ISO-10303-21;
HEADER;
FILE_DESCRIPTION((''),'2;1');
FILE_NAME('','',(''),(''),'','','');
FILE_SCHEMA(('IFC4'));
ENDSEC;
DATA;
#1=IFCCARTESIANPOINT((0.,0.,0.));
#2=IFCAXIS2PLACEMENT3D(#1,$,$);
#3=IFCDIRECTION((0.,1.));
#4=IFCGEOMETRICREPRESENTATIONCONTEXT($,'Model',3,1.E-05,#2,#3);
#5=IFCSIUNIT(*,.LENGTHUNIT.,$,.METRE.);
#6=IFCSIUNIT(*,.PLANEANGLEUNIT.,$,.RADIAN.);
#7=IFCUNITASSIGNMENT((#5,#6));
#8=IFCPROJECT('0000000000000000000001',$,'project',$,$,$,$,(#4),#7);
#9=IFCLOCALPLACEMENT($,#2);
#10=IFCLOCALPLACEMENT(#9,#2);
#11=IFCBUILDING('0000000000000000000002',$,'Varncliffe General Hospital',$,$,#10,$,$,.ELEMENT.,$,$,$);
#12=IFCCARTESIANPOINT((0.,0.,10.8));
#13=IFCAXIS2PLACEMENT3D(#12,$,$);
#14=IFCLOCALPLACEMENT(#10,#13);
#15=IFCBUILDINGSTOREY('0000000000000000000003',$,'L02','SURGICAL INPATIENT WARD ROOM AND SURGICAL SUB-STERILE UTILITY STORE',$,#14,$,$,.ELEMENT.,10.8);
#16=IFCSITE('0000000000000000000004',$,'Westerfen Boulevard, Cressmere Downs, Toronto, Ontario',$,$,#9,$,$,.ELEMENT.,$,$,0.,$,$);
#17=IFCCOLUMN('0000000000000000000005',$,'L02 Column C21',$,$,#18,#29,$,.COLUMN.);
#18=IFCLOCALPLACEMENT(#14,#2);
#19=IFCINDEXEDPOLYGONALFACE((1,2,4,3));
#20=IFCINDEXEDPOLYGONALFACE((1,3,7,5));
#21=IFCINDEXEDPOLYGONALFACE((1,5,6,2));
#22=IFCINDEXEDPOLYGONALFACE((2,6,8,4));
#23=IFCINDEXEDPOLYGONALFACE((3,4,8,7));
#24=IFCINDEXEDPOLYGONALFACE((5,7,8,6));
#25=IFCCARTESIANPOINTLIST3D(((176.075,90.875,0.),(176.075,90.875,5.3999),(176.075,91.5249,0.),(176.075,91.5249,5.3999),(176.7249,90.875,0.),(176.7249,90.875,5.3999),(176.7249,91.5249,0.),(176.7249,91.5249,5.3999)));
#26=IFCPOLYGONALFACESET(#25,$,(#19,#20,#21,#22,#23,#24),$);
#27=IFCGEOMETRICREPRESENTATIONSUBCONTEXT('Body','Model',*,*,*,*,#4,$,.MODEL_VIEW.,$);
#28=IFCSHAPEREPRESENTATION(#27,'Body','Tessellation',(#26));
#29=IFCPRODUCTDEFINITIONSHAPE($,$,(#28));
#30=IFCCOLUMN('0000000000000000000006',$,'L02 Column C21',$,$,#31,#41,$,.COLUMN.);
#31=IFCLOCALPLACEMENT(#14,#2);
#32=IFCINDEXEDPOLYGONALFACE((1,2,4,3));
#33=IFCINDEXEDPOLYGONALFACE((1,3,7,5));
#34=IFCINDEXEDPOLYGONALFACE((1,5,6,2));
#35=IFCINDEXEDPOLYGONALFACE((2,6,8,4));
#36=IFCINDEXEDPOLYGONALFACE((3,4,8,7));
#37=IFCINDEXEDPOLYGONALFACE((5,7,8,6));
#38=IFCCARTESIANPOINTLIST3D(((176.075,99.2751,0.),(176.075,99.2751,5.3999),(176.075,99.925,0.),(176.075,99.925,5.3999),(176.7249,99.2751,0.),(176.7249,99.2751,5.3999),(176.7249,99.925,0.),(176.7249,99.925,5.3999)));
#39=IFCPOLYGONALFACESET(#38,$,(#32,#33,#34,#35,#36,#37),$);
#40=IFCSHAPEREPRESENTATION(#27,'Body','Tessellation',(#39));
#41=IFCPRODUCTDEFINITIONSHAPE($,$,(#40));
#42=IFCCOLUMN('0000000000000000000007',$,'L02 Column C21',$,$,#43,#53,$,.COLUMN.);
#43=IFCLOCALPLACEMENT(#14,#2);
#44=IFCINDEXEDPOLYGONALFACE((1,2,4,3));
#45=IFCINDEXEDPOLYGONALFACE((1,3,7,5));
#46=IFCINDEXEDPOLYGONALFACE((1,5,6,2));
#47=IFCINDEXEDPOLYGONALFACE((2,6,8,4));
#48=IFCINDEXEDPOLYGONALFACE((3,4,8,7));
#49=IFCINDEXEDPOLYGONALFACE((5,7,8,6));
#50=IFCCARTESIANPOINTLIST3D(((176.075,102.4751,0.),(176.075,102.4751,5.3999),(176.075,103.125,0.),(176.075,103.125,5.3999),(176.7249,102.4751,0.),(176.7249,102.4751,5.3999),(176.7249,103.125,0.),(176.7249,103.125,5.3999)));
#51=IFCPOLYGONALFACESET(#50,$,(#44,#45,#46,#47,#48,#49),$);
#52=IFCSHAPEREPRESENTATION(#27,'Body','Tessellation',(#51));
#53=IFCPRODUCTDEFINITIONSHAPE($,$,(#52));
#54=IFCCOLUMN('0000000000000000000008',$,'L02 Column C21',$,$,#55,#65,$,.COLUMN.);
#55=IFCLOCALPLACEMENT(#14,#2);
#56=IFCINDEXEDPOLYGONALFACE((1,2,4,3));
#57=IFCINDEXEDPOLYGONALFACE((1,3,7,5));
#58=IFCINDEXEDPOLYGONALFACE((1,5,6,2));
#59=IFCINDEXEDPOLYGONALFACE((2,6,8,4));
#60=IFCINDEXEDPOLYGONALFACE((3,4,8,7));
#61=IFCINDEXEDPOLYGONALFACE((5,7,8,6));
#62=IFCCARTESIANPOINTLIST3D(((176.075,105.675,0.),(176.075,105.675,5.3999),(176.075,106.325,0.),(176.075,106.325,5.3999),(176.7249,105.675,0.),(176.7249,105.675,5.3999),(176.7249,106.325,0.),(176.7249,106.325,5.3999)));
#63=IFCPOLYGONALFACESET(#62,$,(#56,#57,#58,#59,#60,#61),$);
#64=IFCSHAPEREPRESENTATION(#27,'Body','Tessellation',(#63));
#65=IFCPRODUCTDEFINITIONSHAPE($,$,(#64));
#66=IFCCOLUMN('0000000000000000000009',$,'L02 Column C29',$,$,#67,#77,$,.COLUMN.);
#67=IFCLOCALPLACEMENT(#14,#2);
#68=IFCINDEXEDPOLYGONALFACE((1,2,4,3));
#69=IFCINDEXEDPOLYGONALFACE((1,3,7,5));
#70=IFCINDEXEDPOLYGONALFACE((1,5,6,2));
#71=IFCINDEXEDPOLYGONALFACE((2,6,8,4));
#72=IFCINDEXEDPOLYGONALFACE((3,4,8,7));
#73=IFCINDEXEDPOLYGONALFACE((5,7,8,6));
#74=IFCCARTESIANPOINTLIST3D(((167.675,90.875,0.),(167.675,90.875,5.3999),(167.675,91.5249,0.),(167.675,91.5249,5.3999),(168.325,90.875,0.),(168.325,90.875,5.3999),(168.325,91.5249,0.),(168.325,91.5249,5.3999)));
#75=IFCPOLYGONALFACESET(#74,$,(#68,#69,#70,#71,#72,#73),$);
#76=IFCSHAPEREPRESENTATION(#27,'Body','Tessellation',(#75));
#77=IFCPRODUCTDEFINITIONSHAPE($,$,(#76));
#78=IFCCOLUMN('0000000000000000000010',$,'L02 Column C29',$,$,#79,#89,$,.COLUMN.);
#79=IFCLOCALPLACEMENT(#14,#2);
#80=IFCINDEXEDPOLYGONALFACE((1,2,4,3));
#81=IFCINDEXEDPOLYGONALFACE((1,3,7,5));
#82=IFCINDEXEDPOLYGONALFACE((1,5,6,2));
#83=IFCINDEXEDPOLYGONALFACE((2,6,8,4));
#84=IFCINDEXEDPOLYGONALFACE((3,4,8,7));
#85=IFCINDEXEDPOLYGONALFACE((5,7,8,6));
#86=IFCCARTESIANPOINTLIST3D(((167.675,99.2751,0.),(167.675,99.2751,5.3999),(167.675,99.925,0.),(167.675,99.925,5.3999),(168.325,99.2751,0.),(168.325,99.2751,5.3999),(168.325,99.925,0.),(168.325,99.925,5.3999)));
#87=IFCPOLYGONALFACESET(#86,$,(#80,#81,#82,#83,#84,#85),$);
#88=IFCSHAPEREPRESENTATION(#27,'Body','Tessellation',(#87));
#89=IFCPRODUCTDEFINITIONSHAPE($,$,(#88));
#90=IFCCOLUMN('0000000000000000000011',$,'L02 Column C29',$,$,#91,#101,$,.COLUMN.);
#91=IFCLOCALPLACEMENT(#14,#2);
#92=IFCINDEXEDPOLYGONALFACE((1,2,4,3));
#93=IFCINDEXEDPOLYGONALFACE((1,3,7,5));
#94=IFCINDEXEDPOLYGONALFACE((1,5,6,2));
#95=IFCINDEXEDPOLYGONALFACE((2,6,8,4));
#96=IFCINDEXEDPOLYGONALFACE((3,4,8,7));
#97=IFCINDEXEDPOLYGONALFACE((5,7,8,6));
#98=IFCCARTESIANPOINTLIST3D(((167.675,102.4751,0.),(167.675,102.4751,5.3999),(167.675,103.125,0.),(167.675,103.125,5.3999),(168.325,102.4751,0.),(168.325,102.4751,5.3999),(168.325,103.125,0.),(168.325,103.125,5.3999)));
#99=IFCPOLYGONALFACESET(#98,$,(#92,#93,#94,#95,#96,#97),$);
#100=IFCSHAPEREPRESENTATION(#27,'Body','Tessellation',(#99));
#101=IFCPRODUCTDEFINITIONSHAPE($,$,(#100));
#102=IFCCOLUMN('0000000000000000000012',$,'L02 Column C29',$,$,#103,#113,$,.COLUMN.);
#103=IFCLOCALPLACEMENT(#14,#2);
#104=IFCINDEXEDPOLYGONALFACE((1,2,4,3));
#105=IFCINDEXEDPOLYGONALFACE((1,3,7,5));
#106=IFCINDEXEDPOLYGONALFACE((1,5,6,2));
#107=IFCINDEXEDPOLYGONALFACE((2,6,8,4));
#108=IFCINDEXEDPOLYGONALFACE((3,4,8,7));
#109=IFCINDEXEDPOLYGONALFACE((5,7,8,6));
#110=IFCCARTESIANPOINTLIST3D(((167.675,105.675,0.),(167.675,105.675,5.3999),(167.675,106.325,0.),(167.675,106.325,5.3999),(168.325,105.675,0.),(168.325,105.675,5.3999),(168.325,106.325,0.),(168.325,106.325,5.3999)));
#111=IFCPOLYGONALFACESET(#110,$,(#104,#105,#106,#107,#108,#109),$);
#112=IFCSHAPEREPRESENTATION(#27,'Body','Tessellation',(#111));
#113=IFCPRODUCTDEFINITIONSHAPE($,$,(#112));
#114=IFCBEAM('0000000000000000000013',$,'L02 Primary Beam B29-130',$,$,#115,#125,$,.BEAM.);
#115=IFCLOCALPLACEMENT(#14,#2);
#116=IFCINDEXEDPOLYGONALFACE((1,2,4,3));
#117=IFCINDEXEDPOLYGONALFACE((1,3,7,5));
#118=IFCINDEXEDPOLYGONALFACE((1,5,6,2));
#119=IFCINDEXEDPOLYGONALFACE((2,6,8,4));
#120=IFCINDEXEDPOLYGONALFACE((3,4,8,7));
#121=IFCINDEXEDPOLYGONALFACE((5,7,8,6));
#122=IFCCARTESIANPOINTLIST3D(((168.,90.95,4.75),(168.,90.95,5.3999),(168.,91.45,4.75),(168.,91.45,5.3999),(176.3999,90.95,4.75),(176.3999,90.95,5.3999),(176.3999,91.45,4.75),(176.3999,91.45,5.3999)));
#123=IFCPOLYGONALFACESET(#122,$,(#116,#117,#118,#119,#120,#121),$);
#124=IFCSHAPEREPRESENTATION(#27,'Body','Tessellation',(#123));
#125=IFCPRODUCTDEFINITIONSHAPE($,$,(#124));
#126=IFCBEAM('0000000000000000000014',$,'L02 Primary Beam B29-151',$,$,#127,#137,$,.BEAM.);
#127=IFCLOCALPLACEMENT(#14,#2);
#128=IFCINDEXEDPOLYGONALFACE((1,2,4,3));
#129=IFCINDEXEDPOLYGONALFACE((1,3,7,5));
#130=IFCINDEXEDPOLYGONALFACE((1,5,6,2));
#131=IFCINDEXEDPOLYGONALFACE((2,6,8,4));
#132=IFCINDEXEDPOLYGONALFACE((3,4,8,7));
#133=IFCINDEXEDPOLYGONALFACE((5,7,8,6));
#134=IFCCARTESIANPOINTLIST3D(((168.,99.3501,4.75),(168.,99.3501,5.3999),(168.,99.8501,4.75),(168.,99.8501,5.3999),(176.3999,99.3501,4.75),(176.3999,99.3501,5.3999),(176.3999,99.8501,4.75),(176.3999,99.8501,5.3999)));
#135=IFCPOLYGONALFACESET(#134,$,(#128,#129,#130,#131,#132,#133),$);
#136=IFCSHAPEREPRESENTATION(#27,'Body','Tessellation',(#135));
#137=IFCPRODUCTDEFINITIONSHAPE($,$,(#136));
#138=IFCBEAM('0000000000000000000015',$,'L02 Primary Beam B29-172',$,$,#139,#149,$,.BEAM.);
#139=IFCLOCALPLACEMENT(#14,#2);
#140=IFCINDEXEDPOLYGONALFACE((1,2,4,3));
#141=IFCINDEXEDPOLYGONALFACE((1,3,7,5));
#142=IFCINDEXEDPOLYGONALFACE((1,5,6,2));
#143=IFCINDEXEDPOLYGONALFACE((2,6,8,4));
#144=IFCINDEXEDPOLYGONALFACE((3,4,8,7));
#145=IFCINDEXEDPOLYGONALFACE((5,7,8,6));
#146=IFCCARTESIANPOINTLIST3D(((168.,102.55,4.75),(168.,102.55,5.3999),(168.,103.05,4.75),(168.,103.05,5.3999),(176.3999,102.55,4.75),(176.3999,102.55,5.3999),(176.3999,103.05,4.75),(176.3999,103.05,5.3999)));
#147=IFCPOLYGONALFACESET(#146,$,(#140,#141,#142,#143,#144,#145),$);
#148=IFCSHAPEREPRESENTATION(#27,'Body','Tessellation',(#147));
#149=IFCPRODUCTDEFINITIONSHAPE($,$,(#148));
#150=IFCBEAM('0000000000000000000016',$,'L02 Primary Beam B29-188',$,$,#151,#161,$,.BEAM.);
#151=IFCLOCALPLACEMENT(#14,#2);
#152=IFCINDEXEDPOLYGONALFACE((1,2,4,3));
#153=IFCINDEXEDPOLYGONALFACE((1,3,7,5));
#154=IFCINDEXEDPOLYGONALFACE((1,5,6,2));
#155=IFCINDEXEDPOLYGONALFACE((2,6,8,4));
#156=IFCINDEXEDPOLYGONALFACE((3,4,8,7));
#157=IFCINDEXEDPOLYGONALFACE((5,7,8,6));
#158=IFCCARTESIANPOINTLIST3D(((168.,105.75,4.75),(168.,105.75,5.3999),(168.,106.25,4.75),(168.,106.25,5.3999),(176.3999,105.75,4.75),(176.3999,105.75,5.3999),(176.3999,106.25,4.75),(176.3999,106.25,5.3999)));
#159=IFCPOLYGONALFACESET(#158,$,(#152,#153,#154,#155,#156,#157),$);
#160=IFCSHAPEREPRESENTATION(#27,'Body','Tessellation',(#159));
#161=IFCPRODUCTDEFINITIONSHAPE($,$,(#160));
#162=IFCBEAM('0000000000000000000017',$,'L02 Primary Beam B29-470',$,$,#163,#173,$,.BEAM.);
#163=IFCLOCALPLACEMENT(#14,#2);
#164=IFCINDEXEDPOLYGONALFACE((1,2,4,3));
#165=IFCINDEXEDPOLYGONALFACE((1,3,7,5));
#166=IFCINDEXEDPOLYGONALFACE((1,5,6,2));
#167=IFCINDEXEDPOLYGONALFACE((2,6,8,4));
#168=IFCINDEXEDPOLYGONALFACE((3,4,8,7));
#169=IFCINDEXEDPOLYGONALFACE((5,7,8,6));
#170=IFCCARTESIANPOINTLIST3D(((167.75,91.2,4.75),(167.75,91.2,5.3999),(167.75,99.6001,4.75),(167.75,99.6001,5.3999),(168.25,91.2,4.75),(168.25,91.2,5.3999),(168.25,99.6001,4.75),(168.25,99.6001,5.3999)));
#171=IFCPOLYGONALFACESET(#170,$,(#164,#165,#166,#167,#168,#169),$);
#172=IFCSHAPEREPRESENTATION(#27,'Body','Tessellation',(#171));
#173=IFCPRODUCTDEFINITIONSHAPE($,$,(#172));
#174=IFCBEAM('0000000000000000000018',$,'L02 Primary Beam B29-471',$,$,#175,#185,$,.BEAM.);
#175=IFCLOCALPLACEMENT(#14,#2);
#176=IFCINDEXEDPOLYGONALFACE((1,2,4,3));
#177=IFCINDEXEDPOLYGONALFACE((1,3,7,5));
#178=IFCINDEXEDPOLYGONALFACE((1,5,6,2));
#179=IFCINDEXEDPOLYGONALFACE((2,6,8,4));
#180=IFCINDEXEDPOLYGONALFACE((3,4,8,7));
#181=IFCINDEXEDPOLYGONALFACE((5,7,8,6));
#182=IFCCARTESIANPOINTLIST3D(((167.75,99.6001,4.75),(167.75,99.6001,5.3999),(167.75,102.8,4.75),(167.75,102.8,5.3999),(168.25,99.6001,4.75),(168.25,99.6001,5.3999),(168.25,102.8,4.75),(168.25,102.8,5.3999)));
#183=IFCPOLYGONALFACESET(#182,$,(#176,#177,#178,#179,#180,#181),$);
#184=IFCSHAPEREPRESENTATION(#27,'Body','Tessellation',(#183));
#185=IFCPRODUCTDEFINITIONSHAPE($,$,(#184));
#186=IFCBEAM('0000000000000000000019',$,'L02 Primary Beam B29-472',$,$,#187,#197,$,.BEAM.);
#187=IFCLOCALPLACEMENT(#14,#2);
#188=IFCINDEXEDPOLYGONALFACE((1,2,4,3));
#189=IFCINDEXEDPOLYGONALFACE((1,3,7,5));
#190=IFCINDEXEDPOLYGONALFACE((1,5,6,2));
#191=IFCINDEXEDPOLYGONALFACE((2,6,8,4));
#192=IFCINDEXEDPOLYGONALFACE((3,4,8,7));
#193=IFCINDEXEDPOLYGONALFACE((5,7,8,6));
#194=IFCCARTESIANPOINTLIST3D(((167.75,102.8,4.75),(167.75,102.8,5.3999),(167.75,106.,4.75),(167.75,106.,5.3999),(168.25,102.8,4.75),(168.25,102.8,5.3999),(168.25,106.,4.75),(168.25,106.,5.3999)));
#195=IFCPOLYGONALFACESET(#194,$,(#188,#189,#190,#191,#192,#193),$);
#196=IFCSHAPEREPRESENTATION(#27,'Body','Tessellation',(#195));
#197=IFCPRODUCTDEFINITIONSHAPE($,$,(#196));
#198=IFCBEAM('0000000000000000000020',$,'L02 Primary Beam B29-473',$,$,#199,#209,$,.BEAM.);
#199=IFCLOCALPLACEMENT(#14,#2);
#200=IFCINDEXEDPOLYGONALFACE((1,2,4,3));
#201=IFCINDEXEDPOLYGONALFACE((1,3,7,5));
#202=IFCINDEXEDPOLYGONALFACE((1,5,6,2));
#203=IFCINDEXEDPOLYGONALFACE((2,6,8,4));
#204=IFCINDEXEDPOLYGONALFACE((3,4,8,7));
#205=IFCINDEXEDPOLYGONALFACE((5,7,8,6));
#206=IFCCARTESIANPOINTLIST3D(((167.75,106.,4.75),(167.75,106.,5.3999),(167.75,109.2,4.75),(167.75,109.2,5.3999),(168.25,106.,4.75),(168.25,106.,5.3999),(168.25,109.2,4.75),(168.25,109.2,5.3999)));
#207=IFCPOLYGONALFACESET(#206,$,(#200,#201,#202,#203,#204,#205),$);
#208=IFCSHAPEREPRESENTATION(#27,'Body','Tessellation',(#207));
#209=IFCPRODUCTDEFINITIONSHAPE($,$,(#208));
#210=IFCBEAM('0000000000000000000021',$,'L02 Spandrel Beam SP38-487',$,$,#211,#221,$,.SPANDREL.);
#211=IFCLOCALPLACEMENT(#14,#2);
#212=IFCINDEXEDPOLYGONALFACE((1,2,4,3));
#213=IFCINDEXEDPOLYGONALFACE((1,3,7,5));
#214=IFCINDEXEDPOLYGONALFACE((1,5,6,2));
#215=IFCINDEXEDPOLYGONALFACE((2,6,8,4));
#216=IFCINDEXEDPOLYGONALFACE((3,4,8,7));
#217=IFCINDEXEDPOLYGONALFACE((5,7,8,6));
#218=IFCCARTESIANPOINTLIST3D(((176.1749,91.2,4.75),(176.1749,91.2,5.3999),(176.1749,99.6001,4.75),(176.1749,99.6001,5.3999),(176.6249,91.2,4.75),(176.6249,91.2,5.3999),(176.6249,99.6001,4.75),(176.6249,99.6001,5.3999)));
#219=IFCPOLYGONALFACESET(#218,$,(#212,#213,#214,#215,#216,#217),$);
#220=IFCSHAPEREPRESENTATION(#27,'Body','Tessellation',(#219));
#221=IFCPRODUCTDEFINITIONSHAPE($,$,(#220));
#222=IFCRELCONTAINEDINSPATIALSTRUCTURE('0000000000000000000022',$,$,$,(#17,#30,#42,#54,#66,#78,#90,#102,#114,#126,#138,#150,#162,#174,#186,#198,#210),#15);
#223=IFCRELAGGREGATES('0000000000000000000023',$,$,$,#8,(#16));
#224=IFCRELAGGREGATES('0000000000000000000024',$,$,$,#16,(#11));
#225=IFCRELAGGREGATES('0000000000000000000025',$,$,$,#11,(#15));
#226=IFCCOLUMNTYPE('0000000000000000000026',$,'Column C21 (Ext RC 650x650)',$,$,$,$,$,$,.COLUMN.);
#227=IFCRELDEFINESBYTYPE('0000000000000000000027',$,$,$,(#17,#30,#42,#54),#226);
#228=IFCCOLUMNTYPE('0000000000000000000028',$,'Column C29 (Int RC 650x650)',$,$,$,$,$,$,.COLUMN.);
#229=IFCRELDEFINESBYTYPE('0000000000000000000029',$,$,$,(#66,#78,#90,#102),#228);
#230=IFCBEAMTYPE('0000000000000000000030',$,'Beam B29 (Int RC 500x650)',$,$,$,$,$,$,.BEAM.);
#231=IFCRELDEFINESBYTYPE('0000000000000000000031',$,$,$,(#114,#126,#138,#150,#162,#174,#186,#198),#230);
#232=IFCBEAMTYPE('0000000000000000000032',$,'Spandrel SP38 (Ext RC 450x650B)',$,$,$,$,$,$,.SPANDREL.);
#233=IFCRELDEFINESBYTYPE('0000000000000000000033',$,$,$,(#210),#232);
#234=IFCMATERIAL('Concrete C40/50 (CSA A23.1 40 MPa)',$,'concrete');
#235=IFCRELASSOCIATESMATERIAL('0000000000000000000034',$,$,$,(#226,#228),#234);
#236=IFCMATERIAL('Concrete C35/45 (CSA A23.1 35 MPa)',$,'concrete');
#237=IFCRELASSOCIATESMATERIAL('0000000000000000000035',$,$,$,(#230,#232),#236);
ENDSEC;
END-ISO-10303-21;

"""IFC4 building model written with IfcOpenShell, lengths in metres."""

from ifc_helpers import new_model, si_unit, direction, frame, origin, origin_2d, place, context, subcontext, project, spatial, rectangle, extrude, material, material_profile, profile_set, type_object, element, save


model = new_model("IFC4")

# Units and contexts
model_context = context("Model", 3, precision=1e-05, world=origin(), true_north=direction((0.0, 1.0)))
body_context = subcontext(model_context, "Body", "Model", "MODEL_VIEW")
ifc_project = project(units=[si_unit("LENGTHUNIT", "METRE"), si_unit("PLANEANGLEUNIT", "RADIAN")], contexts=[model_context])

# Site, building, storey
site_placement = place(None, origin())
site = spatial("IfcSite", under=ifc_project, at=site_placement, Name="Westerfen Boulevard, Cressmere Downs, Toronto, Ontario", CompositionType="ELEMENT", RefElevation=0.0)
building_placement = place(site_placement, origin())
building = spatial("IfcBuilding", under=site, at=building_placement, Name="Varncliffe General Hospital", CompositionType="ELEMENT")
storey_placement = place(building_placement, frame((0.0, 0.0, 10.8)))
storey = spatial("IfcBuildingStorey", under=building, at=storey_placement, Name="L02", Description="SURGICAL INPATIENT WARD ROOM AND SURGICAL SUB-STERILE UTILITY STORE", CompositionType="ELEMENT", Elevation=10.8)

# Columns
ifc_material_1 = material(Name="Concrete C40/50 (CSA A23.1 40 MPa)", Category="concrete")
ifc_material_profile_1 = material_profile(ifc_material_1, rectangle(XDim=0.6499, YDim=0.6499, at=origin_2d()), Name="RC 650x650")
ifc_profile_set_1 = profile_set([ifc_material_profile_1], Name="Concrete C40/50 (CSA A23.1 40 MPa)")
column_type_1 = type_object("IfcColumnType", Name="Column C21 (Ext RC 650x650)", PredefinedType="COLUMN", material=ifc_profile_set_1)
for number, where, z_axis, x_axis, name in (
    (1, (176.3999, 91.2, 0.0), (0.0, 0.0, 1.0), (1.0, 0.0, 0.0), "L02 Column C21"),
    (2, (176.3999, 99.6001, 0.0), (0.0, 0.0, 1.0), (1.0, 0.0, 0.0), "L02 Column C21"),
    (3, (176.3999, 102.8, 0.0), (0.0, 0.0, 1.0), (1.0, 0.0, 0.0), "L02 Column C21"),
    (4, (176.3999, 106.0, 0.0), (0.0, 0.0, 1.0), (1.0, 0.0, 0.0), "L02 Column C21"),
):
    element("IfcColumn", number, at=place(storey_placement, frame(where, z_axis=z_axis, x_axis=x_axis)), inside=storey, type_object=column_type_1, Name=name, PredefinedType="COLUMN", context=body_context, shape_type="SweptSolid", body=[
        extrude(rectangle(XDim=0.6499, YDim=0.6499, at=origin_2d()), origin(), (0.0, 0.0, 1.0), 5.3999),
    ])
ifc_material_profile_2 = material_profile(ifc_material_1, rectangle(XDim=0.6499, YDim=0.6499, at=origin_2d()), Name="RC 650x650")
ifc_profile_set_2 = profile_set([ifc_material_profile_2], Name="Concrete C40/50 (CSA A23.1 40 MPa)")
column_type_2 = type_object("IfcColumnType", Name="Column C29 (Int RC 650x650)", PredefinedType="COLUMN", material=ifc_profile_set_2)
for number, where, z_axis, x_axis, name in (
    (5, (168.0, 91.2, 0.0), (0.0, 0.0, 1.0), (1.0, 0.0, 0.0), "L02 Column C29"),
    (6, (168.0, 99.6001, 0.0), (0.0, 0.0, 1.0), (1.0, 0.0, 0.0), "L02 Column C29"),
    (7, (168.0, 102.8, 0.0), (0.0, 0.0, 1.0), (1.0, 0.0, 0.0), "L02 Column C29"),
    (8, (168.0, 106.0, 0.0), (0.0, 0.0, 1.0), (1.0, 0.0, 0.0), "L02 Column C29"),
):
    element("IfcColumn", number, at=place(storey_placement, frame(where, z_axis=z_axis, x_axis=x_axis)), inside=storey, type_object=column_type_2, Name=name, PredefinedType="COLUMN", context=body_context, shape_type="SweptSolid", body=[
        extrude(rectangle(XDim=0.6499, YDim=0.6499, at=origin_2d()), origin(), (0.0, 0.0, 1.0), 5.3999),
    ])

# Beams
ifc_material_2 = material(Name="Concrete C35/45 (CSA A23.1 35 MPa)", Category="concrete")
ifc_material_profile_3 = material_profile(ifc_material_2, rectangle(XDim=0.5, YDim=0.6499, at=origin_2d()), Name="RC 500x650")
ifc_profile_set_3 = profile_set([ifc_material_profile_3], Name="Concrete C35/45 (CSA A23.1 35 MPa)")
beam_type_1 = type_object("IfcBeamType", Name="Beam B29 (Int RC 500x650)", PredefinedType="BEAM", material=ifc_profile_set_3)
for number, where, z_axis, x_axis, name in (
    (9, (168.0, 91.2, 5.075), (1.0, 0.0, 0.0), (0.0, 1.0, 0.0), "L02 Primary Beam B29-130"),
    (10, (168.0, 99.6001, 5.075), (1.0, 0.0, 0.0), (0.0, 1.0, 0.0), "L02 Primary Beam B29-151"),
    (11, (168.0, 102.8, 5.075), (1.0, 0.0, 0.0), (0.0, 1.0, 0.0), "L02 Primary Beam B29-172"),
    (12, (168.0, 106.0, 5.075), (1.0, 0.0, 0.0), (0.0, 1.0, 0.0), "L02 Primary Beam B29-188"),
):
    element("IfcBeam", number, at=place(storey_placement, frame(where, z_axis=z_axis, x_axis=x_axis)), inside=storey, type_object=beam_type_1, Name=name, PredefinedType="BEAM", context=body_context, shape_type="SweptSolid", body=[
        extrude(rectangle(XDim=0.5, YDim=0.6499, at=origin_2d()), origin(), (0.0, 0.0, 1.0), 8.3999),
    ])
beam_1_placement = place(storey_placement, frame((168.0, 91.2, 5.075), z_axis=(0.0, 1.0, 0.0), x_axis=(-1.0, 0.0, 0.0)))
element("IfcBeam", 13, at=beam_1_placement, inside=storey, type_object=beam_type_1, Name="L02 Primary Beam B29-470", PredefinedType="BEAM", context=body_context, shape_type="SweptSolid", body=[
    extrude(rectangle(XDim=0.5, YDim=0.6499, at=origin_2d()), origin(), (0.0, 0.0, 1.0), 8.4001),
])
for number, where, z_axis, x_axis, name in (
    (14, (168.0, 99.6001, 5.075), (0.0, 1.0, 0.0), (-1.0, 0.0, 0.0), "L02 Primary Beam B29-471"),
    (15, (168.0, 102.8, 5.075), (0.0, 1.0, 0.0), (-1.0, 0.0, 0.0), "L02 Primary Beam B29-472"),
    (16, (168.0, 106.0, 5.075), (0.0, 1.0, 0.0), (-1.0, 0.0, 0.0), "L02 Primary Beam B29-473"),
):
    element("IfcBeam", number, at=place(storey_placement, frame(where, z_axis=z_axis, x_axis=x_axis)), inside=storey, type_object=beam_type_1, Name=name, PredefinedType="BEAM", context=body_context, shape_type="SweptSolid", body=[
        extrude(rectangle(XDim=0.5, YDim=0.6499, at=origin_2d()), origin(), (0.0, 0.0, 1.0), 3.2),
    ])
ifc_material_profile_4 = material_profile(ifc_material_2, rectangle(XDim=0.45, YDim=0.6499, at=origin_2d()), Name="RC 450x650")
ifc_profile_set_4 = profile_set([ifc_material_profile_4], Name="Concrete C35/45 (CSA A23.1 35 MPa)")
beam_type_2 = type_object("IfcBeamType", Name="Spandrel SP38 (Ext RC 450x650B)", PredefinedType="SPANDREL", material=ifc_profile_set_4)
beam_2_placement = place(storey_placement, frame((176.3999, 91.2, 5.075), z_axis=(0.0, 1.0, 0.0), x_axis=(-1.0, 0.0, 0.0)))
element("IfcBeam", 17, at=beam_2_placement, inside=storey, type_object=beam_type_2, Name="L02 Spandrel Beam SP38-487", PredefinedType="SPANDREL", context=body_context, shape_type="SweptSolid", body=[
    extrude(rectangle(XDim=0.45, YDim=0.6499, at=origin_2d()), origin(), (0.0, 0.0, 1.0), 8.4001),
])

save(model, "model.ifc")
